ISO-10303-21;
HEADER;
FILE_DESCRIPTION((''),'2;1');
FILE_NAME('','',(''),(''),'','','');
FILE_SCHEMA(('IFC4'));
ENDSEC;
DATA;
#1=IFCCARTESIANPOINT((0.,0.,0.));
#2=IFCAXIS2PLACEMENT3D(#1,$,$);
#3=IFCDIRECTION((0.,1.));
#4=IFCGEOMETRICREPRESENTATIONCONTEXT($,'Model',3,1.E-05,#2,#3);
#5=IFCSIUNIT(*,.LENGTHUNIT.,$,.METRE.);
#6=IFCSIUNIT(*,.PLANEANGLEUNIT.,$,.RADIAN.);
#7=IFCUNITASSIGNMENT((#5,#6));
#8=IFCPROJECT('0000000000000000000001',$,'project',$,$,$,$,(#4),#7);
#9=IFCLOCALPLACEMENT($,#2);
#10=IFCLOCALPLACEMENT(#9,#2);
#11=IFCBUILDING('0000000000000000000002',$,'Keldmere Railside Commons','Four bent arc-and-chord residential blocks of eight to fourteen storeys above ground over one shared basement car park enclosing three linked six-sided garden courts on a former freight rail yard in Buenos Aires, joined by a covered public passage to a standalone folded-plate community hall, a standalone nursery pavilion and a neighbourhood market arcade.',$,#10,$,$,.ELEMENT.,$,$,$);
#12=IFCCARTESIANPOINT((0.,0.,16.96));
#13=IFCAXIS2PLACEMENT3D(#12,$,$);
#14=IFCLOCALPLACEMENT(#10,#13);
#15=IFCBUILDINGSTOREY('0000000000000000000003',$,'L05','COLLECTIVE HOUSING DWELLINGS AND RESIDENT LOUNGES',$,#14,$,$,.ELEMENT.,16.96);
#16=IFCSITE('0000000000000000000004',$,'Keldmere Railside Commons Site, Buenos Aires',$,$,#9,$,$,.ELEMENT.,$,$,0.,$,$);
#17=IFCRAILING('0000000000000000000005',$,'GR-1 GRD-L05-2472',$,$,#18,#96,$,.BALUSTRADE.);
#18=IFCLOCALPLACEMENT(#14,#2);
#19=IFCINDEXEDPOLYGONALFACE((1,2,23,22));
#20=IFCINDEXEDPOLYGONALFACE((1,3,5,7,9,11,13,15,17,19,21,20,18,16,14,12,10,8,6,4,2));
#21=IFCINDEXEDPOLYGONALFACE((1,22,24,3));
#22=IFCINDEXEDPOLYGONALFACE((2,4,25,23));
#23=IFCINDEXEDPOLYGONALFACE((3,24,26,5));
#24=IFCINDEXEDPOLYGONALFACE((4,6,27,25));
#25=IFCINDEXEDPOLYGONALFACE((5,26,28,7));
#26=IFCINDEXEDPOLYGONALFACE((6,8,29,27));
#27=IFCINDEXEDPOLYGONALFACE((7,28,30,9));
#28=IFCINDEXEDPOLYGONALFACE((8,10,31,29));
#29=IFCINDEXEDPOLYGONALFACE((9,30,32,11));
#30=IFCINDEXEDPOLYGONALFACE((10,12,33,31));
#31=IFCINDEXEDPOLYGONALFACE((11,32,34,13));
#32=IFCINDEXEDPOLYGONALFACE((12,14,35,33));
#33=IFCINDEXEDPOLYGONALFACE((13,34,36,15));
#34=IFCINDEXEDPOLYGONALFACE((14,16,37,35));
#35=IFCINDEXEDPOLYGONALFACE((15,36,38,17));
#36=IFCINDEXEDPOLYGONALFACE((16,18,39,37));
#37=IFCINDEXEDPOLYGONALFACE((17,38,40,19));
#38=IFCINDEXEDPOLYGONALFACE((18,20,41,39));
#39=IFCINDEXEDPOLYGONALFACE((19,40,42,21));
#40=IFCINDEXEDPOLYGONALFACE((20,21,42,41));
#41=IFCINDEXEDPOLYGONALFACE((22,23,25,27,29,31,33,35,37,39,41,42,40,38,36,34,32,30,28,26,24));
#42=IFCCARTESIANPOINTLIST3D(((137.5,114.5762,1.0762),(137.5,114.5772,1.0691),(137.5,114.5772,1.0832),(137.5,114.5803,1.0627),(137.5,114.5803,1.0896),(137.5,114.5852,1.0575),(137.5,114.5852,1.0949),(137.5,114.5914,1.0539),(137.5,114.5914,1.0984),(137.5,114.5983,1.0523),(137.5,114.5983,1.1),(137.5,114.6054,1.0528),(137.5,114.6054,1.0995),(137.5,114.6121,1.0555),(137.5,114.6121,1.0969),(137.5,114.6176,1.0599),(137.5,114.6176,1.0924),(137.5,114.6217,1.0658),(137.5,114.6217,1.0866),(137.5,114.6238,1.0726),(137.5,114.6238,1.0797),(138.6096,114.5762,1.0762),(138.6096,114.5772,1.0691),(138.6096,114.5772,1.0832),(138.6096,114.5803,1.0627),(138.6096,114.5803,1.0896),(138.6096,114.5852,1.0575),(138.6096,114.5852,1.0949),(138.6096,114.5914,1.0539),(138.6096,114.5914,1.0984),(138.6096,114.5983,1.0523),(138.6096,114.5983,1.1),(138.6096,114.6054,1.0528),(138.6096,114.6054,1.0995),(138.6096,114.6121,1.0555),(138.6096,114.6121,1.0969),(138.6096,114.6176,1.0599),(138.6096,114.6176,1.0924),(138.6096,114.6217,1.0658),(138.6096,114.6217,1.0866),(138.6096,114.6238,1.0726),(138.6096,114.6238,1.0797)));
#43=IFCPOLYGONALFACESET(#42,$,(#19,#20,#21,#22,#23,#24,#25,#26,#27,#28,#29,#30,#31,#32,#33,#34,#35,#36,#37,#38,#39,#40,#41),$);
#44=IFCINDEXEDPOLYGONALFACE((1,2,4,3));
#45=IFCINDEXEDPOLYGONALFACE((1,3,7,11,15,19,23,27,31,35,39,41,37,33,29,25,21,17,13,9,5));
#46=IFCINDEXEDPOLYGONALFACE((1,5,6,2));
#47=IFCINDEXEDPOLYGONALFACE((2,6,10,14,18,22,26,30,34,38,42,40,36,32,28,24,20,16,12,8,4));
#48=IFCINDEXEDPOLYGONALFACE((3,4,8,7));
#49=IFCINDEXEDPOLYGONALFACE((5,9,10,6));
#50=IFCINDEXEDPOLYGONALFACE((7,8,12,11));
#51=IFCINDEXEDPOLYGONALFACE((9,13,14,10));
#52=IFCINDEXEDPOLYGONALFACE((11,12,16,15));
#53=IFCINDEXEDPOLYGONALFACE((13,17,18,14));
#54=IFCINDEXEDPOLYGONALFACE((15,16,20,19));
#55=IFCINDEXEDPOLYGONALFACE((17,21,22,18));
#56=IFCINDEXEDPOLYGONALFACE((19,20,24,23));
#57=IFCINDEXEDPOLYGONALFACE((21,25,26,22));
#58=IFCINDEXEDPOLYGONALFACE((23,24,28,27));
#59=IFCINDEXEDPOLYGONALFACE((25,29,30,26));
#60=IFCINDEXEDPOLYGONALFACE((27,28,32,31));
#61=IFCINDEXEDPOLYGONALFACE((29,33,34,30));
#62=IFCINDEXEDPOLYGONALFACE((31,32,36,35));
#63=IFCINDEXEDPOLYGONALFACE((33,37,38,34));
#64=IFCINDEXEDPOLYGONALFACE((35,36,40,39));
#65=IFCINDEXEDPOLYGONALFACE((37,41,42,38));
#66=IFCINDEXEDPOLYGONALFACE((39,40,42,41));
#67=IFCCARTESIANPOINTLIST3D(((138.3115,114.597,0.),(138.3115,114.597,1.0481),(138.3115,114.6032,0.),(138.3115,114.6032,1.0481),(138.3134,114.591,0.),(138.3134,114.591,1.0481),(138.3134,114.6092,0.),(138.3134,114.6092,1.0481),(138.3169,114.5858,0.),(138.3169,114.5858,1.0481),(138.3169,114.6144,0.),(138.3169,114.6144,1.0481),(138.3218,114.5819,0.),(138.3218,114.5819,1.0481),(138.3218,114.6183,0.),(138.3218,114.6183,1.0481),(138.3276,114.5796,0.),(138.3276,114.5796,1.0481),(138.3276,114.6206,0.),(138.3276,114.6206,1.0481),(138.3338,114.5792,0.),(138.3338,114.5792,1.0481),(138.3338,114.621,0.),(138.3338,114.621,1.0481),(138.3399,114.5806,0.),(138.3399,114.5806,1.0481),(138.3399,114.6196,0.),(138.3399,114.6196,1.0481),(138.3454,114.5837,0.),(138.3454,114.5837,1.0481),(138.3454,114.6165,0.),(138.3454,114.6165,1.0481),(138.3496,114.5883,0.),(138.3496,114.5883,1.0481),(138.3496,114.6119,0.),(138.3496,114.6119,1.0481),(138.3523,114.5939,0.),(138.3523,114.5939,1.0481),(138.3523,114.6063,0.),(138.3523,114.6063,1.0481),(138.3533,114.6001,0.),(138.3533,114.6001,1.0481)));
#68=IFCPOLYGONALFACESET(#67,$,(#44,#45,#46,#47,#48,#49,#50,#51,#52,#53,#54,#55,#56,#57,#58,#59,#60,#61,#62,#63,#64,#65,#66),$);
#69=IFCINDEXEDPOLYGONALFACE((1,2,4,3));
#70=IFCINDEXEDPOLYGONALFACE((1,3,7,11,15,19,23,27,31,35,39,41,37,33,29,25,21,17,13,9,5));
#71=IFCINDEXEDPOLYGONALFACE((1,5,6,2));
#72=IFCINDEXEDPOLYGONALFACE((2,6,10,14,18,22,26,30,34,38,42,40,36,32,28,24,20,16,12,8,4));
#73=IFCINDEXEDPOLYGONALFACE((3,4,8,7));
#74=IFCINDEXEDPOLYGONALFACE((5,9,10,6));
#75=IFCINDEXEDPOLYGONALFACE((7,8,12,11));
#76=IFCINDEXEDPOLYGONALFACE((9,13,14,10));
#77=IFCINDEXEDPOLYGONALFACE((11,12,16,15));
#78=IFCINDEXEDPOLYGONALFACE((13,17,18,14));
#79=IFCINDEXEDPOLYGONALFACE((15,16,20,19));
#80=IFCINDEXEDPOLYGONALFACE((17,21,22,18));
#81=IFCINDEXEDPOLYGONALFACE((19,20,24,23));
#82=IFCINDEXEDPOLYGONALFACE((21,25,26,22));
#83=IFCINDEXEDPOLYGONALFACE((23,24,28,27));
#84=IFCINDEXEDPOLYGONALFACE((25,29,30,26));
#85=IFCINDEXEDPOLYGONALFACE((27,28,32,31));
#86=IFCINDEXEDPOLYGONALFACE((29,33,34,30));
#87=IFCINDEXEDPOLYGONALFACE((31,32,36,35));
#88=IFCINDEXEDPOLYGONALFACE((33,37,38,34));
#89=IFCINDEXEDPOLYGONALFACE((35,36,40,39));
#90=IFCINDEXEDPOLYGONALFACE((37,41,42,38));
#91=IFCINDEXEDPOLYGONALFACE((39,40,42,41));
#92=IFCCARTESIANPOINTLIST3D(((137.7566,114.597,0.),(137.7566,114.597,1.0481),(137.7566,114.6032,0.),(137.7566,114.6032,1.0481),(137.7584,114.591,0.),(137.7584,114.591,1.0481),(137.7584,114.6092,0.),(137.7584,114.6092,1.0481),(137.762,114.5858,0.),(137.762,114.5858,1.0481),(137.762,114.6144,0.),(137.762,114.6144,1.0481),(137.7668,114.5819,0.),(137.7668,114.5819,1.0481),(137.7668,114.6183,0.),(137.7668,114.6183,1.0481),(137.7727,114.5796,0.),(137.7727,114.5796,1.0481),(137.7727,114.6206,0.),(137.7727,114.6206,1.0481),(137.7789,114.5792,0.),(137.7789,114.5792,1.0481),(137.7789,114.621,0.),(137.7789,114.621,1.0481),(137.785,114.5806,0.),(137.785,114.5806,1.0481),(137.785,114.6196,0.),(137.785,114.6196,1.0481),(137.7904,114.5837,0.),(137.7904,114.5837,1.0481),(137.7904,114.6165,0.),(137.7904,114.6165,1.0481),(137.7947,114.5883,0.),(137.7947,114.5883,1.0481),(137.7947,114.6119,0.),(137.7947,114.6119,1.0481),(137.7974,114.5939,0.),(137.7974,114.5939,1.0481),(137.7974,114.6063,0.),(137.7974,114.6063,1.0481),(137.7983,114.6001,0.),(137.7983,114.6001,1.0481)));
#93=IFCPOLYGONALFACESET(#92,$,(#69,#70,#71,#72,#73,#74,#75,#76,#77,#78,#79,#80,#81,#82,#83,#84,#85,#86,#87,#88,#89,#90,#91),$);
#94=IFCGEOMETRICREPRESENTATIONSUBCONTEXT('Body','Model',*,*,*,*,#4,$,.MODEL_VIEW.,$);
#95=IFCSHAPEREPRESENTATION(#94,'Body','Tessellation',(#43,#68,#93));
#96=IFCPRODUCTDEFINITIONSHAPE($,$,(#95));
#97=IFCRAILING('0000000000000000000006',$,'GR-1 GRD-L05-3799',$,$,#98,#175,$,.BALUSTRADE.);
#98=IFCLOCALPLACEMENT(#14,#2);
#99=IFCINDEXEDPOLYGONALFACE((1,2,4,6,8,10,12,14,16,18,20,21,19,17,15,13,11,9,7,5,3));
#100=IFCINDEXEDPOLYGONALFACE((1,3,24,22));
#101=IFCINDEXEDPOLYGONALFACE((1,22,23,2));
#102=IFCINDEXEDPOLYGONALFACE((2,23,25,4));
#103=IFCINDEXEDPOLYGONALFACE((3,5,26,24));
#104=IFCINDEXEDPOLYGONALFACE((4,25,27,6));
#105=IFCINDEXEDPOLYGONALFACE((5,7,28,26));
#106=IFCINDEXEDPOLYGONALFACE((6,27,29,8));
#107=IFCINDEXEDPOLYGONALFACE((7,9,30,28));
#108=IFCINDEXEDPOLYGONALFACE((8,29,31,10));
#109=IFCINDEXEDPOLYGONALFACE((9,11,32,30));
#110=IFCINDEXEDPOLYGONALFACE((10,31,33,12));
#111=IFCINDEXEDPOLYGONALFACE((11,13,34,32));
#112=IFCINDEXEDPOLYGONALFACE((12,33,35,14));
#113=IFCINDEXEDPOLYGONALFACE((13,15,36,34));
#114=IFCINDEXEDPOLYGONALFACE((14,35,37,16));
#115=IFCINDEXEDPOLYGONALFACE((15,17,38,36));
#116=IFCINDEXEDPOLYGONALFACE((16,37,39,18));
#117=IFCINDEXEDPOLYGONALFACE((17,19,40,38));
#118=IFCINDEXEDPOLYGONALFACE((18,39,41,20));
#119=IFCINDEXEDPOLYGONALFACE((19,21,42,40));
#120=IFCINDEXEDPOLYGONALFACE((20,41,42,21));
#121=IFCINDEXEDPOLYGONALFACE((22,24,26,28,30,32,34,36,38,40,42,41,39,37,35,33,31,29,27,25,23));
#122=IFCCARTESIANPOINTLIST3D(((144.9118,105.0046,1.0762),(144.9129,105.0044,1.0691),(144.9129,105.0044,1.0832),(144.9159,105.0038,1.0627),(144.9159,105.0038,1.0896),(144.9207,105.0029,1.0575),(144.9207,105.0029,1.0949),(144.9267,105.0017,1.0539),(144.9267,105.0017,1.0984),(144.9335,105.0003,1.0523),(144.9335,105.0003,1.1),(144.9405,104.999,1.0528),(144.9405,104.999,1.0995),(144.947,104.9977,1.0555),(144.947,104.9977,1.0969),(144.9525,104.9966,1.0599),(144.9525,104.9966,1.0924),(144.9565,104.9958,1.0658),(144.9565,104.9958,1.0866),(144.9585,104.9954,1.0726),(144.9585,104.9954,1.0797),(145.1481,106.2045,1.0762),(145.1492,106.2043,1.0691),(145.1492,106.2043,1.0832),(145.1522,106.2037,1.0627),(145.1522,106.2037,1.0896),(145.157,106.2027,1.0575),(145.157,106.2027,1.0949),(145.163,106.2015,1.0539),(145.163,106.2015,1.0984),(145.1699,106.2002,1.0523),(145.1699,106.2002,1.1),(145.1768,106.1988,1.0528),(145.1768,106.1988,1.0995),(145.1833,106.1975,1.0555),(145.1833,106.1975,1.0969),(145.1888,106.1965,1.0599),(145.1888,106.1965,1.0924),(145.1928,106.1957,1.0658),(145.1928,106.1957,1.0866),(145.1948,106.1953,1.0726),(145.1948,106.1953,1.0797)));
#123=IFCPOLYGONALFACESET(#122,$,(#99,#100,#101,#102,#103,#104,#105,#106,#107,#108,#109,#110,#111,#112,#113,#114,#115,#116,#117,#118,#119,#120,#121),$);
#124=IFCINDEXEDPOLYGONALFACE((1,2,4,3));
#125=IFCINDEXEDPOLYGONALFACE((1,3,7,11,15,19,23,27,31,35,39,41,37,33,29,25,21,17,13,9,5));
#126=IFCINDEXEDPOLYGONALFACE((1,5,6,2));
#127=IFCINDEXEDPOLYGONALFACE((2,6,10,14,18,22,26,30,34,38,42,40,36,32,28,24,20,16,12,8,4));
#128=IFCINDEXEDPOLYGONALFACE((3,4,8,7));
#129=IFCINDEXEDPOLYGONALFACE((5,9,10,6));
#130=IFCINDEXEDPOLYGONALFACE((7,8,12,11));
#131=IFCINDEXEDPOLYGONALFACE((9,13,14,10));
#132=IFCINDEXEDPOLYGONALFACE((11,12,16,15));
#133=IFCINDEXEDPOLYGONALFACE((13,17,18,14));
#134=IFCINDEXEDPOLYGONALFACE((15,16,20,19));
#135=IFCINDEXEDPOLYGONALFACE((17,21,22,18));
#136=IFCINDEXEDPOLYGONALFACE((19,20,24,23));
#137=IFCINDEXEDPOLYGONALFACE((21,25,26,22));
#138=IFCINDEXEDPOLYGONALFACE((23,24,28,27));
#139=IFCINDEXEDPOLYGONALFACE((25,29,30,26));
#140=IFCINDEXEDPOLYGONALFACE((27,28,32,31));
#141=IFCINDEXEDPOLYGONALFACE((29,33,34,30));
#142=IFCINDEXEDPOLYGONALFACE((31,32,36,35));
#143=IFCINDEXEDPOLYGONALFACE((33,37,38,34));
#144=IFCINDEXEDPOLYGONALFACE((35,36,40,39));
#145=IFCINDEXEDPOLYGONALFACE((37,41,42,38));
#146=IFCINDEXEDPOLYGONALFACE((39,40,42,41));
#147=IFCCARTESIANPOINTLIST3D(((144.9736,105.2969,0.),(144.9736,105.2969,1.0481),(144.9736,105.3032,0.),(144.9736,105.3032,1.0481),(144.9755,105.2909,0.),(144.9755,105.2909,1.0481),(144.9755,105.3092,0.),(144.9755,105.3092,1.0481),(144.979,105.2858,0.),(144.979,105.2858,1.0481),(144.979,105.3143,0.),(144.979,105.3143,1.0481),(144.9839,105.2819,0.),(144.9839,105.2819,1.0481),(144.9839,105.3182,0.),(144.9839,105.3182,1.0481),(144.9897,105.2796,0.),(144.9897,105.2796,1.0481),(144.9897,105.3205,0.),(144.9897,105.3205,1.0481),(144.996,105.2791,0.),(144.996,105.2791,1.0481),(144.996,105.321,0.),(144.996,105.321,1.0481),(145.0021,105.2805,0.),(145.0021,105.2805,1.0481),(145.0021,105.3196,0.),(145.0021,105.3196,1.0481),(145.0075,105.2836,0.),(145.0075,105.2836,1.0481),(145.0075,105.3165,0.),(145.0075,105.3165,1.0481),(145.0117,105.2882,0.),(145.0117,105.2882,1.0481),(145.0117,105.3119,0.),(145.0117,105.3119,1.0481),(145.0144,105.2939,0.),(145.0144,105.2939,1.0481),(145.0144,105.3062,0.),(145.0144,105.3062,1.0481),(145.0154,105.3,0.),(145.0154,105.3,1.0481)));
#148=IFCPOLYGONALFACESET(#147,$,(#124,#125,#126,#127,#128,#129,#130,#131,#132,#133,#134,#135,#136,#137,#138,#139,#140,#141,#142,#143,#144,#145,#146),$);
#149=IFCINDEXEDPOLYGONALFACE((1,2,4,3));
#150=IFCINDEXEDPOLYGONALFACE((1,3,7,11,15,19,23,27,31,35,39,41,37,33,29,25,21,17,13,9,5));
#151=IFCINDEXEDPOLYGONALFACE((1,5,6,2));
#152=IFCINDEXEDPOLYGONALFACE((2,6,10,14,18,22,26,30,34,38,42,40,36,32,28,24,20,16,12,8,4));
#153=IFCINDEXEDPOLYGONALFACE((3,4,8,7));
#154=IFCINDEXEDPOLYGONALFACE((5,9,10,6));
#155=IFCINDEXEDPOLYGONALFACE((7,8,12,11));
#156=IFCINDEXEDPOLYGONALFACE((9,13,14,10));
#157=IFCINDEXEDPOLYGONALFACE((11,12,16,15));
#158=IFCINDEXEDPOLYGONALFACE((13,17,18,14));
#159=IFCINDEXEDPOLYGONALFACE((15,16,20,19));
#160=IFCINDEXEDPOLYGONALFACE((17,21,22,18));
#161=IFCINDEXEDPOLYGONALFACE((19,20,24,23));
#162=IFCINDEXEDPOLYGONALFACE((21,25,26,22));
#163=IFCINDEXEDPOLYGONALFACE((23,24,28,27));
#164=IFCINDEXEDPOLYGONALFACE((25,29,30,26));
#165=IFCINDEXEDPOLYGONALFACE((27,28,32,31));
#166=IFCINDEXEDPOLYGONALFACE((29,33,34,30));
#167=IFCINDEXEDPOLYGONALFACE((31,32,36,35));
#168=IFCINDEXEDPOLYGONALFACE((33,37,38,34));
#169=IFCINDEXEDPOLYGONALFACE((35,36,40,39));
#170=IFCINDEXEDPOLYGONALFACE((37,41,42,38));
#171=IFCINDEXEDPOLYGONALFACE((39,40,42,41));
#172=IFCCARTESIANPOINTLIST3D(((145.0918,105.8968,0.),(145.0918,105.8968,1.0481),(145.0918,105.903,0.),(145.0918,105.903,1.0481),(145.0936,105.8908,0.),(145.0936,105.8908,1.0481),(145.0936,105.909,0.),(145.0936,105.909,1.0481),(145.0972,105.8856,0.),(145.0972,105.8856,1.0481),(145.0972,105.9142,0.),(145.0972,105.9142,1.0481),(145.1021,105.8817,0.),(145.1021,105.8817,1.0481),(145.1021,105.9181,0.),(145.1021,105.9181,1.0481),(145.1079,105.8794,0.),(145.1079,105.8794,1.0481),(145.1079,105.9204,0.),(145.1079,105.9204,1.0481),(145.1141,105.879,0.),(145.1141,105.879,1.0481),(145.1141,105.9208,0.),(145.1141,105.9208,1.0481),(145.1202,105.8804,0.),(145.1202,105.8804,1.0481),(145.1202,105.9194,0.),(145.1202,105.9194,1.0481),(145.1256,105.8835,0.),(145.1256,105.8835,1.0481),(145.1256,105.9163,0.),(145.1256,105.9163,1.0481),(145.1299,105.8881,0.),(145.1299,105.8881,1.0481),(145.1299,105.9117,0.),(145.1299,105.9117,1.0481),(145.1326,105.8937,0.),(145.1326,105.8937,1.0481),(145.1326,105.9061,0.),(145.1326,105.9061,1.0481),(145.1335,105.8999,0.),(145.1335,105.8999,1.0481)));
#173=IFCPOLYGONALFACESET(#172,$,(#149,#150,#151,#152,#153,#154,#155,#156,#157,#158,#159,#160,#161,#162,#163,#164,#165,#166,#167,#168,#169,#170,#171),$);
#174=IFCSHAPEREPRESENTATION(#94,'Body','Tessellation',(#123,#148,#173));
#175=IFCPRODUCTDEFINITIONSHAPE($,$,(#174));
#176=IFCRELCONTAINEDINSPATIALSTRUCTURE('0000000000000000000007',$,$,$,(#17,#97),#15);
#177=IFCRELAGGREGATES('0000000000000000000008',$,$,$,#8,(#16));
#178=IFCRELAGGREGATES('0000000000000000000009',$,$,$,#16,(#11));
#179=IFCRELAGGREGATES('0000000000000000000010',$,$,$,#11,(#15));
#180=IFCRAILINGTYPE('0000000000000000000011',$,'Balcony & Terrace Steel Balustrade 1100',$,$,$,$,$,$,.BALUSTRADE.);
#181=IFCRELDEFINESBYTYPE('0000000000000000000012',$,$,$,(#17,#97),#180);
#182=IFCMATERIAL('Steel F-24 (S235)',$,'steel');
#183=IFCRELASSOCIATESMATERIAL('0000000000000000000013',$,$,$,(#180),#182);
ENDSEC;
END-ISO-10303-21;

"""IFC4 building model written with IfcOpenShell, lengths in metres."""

from ifc_helpers import new_model, si_unit, direction, frame, origin, origin_2d, place, context, subcontext, project, spatial, circle, extrude, material, type_object, element, save


model = new_model("IFC4")

# Units and contexts
model_context = context("Model", 3, precision=1e-05, world=origin(), true_north=direction((0.0, 1.0)))
body_context = subcontext(model_context, "Body", "Model", "MODEL_VIEW")
ifc_project = project(units=[si_unit("LENGTHUNIT", "METRE"), si_unit("PLANEANGLEUNIT", "RADIAN")], contexts=[model_context])

# Site, building, storey
site_placement = place(None, origin())
site = spatial("IfcSite", under=ifc_project, at=site_placement, Name="Keldmere Railside Commons Site, Buenos Aires", CompositionType="ELEMENT", RefElevation=0.0)
building_placement = place(site_placement, origin())
building = spatial("IfcBuilding", under=site, at=building_placement, Name="Keldmere Railside Commons", Description="Four bent arc-and-chord residential blocks of eight to fourteen storeys above ground over one shared basement car park enclosing three linked six-sided garden courts on a former freight rail yard in Buenos Aires, joined by a covered public passage to a standalone folded-plate community hall, a standalone nursery pavilion and a neighbourhood market arcade.", CompositionType="ELEMENT")
storey_placement = place(building_placement, frame((0.0, 0.0, 16.96)))
storey = spatial("IfcBuildingStorey", under=building, at=storey_placement, Name="L05", Description="COLLECTIVE HOUSING DWELLINGS AND RESIDENT LOUNGES", CompositionType="ELEMENT", Elevation=16.96)

# Shared definitions
ifc_material_1 = material(Name="Steel F-24 (S235)", Category="steel")

# Railings
railing_type = type_object("IfcRailingType", Name="Balcony & Terrace Steel Balustrade 1100", PredefinedType="BALUSTRADE", material=ifc_material_1)
railing_1_placement = place(storey_placement, frame((138.6096, 114.6001, 0.0)))
element("IfcRailing", 1, at=railing_1_placement, inside=storey, type_object=railing_type, Name="GR-1 GRD-L05-2472", PredefinedType="BALUSTRADE", context=body_context, shape_type="SweptSolid", body=[
    extrude(circle(Radius=0.0239, at=origin_2d()), frame((0.0, 0.0, 1.0762), z_axis=(-1.0, 0.0, 0.0), x_axis=(0.0, -1.0, 0.0)), (0.0, 0.0, 1.0), 1.1096),
    extrude(circle(Radius=0.021, at=origin_2d()), frame((-0.2773, 0.0, 0.0)), (0.0, 0.0, 1.0), 1.0481),
    extrude(circle(Radius=0.021, at=origin_2d()), frame((-0.8323, 0.0, 0.0)), (0.0, 0.0, 1.0), 1.0481),
])
railing_2_placement = place(storey_placement, frame((144.9353, 105.0, 0.0)))
element("IfcRailing", 2, at=railing_2_placement, inside=storey, type_object=railing_type, Name="GR-1 GRD-L05-3799", PredefinedType="BALUSTRADE", context=body_context, shape_type="SweptSolid", body=[
    extrude(circle(Radius=0.0239, at=origin_2d()), frame((0.0, 0.0, 1.0762), z_axis=(0.193236, 0.981152, 0.0), x_axis=(-0.981152, 0.193236, 0.0)), (0.0, 0.0, 1.0), 1.2229),
    extrude(circle(Radius=0.021, at=origin_2d()), frame((0.0591, 0.3, 0.0)), (0.0, 0.0, 1.0), 1.0481),
    extrude(circle(Radius=0.021, at=origin_2d()), frame((0.1772, 0.8999, 0.0)), (0.0, 0.0, 1.0), 1.0481),
])

save(model, "model.ifc")
